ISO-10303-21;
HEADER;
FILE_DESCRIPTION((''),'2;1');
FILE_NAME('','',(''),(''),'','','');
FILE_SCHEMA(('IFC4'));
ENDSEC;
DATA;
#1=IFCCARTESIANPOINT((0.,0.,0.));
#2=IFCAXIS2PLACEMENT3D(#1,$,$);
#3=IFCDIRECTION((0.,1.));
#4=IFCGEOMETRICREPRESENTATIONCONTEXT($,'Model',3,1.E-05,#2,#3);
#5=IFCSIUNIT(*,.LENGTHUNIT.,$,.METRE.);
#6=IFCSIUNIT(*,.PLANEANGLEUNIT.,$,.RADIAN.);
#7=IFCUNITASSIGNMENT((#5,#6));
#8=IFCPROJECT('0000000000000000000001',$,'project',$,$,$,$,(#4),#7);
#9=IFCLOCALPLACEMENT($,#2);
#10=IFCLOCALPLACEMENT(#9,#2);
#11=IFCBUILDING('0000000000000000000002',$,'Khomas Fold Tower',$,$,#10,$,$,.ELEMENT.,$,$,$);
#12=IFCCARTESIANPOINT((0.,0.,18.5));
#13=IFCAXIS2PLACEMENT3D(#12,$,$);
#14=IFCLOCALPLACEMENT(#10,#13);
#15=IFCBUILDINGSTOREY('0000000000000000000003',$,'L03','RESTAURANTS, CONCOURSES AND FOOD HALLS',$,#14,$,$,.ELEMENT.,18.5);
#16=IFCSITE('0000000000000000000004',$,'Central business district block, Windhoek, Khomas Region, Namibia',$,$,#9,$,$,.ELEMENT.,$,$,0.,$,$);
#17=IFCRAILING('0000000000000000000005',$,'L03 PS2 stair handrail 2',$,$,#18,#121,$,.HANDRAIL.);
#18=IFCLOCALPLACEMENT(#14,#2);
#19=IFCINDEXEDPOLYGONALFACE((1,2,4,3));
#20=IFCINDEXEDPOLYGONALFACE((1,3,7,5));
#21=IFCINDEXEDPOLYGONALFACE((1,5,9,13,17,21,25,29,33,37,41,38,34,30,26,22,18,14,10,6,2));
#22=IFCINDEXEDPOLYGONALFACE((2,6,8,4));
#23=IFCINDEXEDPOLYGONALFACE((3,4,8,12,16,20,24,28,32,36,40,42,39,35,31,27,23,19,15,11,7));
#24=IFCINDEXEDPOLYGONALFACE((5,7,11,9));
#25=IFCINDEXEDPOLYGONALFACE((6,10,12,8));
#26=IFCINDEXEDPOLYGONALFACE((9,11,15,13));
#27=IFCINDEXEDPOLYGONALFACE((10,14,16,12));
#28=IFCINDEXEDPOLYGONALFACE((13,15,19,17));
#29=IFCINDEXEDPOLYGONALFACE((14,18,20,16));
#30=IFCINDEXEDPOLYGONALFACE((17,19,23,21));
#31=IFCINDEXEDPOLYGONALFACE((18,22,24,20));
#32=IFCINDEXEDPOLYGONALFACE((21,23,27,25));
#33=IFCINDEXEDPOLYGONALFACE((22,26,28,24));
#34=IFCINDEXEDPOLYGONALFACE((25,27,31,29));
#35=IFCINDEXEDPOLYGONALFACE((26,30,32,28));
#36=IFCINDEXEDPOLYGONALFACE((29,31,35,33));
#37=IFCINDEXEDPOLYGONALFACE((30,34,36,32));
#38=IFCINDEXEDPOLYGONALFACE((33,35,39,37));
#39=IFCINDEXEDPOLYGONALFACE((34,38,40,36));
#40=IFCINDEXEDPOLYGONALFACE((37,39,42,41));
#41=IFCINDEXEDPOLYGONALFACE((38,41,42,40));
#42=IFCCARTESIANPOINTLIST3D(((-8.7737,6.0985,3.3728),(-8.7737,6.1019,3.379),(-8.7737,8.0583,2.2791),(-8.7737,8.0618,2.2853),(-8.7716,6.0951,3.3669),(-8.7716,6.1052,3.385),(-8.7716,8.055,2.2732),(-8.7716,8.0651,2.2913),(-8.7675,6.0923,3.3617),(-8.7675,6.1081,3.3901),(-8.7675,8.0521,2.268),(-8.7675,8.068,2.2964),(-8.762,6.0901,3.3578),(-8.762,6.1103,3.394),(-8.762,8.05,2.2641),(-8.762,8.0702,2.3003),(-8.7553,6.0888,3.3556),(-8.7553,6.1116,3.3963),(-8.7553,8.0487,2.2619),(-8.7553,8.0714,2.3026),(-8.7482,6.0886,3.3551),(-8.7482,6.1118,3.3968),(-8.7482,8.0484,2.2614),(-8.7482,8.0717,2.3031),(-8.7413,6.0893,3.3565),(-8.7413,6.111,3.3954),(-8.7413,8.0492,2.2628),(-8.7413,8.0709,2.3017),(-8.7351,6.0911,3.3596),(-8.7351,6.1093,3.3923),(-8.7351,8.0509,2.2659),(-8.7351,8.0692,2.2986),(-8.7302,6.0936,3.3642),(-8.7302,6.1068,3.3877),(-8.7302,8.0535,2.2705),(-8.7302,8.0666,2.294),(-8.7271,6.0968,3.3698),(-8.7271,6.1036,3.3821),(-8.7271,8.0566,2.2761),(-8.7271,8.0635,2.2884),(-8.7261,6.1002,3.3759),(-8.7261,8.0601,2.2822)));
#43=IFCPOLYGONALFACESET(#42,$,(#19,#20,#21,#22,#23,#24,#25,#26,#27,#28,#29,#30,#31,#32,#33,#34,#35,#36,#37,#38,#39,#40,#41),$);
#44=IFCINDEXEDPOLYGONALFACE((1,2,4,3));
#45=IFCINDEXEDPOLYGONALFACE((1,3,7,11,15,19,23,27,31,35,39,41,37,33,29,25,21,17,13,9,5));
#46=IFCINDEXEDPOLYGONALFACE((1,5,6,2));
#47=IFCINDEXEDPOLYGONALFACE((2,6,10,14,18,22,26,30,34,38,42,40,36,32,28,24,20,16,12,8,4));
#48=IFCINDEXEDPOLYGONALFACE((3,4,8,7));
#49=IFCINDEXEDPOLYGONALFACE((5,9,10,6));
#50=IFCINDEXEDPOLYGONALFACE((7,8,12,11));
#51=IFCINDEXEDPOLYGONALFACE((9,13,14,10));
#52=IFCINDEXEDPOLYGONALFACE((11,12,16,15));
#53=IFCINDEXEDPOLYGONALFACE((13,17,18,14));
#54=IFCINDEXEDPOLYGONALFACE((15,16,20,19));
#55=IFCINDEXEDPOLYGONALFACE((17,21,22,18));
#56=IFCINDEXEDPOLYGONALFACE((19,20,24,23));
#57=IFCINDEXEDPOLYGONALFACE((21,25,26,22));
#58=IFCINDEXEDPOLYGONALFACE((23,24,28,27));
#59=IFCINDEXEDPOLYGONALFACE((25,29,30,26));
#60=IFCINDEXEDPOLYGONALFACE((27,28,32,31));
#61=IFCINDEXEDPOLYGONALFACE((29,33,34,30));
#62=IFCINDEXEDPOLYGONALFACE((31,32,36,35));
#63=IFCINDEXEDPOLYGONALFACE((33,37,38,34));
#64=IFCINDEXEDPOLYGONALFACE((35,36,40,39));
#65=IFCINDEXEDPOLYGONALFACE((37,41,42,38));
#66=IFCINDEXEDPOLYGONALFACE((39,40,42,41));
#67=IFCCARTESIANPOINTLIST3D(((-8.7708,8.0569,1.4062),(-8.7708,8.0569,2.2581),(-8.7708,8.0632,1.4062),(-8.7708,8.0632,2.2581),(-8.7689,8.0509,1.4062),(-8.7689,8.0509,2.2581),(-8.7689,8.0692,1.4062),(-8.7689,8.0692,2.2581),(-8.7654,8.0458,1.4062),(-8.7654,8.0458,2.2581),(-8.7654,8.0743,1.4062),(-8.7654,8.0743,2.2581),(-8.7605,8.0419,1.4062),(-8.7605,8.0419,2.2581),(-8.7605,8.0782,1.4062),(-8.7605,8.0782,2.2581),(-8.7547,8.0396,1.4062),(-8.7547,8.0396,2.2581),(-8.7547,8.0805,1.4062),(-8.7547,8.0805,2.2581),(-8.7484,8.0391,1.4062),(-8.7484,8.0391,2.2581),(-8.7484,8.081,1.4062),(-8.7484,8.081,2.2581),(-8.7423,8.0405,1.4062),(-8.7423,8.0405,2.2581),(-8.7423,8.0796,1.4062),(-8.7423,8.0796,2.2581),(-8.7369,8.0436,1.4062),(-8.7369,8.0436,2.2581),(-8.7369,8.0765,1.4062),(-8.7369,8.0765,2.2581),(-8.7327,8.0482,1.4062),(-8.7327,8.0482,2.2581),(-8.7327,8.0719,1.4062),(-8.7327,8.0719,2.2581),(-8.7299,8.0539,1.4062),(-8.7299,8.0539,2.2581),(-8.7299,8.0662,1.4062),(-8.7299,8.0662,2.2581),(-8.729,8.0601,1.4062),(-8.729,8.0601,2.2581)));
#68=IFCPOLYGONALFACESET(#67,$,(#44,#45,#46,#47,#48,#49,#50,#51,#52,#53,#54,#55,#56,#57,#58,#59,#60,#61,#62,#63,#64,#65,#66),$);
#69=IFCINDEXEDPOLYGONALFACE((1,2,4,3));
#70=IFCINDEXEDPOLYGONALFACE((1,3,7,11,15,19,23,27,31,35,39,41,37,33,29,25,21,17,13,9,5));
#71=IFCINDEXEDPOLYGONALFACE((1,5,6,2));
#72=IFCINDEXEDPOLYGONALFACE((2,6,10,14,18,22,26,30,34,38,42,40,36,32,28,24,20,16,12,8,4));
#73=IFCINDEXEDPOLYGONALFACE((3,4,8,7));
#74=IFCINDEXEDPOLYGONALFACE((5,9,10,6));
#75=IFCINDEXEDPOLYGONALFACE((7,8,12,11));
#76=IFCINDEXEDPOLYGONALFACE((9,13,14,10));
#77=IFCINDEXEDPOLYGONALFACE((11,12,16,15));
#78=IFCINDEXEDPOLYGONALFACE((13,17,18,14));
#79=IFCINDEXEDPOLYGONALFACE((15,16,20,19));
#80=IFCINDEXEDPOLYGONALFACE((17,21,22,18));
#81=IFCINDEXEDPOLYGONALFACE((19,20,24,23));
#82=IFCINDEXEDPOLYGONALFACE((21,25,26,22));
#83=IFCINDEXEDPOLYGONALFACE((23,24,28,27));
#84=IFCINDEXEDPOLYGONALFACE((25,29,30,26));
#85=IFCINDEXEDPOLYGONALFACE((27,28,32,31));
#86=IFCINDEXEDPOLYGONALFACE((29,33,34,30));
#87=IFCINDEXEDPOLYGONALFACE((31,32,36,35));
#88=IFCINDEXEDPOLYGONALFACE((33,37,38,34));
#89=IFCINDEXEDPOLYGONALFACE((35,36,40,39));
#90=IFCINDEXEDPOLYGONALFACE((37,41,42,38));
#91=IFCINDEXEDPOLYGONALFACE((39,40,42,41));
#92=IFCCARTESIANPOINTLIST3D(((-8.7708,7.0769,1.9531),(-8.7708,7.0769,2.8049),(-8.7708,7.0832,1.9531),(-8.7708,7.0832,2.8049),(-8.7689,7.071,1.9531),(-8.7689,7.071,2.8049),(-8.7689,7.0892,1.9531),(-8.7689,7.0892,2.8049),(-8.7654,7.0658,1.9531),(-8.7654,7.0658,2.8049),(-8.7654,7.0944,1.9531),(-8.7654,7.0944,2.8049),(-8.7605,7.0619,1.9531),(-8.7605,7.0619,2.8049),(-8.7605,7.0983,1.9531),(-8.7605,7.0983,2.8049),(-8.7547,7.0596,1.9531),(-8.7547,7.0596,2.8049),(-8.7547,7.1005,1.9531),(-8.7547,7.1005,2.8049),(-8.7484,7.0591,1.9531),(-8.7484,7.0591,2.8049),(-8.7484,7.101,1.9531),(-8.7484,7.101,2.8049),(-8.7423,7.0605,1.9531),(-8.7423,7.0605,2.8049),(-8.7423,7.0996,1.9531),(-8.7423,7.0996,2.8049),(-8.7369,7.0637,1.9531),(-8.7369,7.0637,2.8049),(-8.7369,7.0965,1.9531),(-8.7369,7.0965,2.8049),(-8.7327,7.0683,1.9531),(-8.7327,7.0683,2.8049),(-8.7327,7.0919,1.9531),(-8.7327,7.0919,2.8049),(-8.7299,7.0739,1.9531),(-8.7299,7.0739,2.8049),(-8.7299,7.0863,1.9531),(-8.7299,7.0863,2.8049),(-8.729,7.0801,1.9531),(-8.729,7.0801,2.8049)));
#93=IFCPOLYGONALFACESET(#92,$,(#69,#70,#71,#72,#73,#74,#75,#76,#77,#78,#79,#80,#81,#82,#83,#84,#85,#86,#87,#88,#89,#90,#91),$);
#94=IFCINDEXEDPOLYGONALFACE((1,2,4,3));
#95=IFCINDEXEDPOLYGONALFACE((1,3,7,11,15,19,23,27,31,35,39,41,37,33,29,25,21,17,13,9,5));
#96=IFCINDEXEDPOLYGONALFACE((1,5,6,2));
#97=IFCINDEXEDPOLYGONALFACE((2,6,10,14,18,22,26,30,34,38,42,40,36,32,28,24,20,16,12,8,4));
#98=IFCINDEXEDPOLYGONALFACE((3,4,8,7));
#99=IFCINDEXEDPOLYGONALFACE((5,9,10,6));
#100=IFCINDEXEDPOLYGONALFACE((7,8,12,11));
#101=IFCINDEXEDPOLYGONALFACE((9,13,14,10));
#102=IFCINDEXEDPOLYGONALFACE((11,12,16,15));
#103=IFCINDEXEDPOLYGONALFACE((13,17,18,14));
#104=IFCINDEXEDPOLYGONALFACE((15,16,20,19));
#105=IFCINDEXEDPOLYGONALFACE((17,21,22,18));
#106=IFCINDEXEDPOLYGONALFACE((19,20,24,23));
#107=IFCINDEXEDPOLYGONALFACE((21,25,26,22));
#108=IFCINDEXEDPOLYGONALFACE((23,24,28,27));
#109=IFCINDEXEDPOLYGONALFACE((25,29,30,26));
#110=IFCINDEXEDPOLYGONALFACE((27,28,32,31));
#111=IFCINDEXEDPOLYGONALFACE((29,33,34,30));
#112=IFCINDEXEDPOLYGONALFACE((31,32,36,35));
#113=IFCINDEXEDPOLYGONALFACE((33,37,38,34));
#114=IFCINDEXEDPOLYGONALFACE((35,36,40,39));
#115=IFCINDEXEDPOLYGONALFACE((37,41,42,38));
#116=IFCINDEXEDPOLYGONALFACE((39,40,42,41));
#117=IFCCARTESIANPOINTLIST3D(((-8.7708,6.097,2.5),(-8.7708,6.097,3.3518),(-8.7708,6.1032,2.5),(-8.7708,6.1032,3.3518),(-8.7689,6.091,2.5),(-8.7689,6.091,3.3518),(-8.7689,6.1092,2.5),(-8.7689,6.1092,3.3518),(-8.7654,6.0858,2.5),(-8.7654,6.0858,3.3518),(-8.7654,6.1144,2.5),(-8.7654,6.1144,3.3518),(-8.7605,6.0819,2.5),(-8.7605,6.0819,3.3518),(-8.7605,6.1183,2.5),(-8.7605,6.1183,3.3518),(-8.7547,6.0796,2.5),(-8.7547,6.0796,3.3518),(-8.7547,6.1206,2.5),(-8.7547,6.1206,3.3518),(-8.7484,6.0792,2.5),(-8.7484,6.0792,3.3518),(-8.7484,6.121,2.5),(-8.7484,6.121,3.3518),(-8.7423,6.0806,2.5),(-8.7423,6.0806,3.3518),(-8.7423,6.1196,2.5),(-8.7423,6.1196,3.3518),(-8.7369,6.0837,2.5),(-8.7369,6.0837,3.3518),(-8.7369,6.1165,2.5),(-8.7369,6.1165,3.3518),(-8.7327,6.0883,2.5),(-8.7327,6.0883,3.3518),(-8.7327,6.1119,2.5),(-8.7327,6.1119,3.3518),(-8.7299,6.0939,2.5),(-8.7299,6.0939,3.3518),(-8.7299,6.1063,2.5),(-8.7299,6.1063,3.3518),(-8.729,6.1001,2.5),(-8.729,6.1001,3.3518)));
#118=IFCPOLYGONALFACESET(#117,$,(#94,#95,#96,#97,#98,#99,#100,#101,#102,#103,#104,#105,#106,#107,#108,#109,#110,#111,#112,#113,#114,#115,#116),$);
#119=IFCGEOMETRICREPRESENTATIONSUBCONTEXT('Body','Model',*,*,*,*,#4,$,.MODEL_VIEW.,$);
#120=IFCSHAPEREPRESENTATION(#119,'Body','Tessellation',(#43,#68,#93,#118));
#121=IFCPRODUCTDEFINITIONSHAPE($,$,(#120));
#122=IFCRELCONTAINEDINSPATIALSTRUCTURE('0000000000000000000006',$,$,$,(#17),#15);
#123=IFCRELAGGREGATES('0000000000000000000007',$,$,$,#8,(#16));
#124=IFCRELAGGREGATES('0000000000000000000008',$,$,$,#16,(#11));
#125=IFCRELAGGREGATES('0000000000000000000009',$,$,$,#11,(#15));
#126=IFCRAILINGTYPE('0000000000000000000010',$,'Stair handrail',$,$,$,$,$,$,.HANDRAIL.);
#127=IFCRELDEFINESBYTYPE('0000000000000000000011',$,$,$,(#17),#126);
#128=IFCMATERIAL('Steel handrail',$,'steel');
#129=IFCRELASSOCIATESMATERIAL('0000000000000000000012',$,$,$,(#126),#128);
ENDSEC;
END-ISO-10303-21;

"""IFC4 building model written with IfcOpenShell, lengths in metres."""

from ifc_helpers import new_model, si_unit, direction, frame, origin, origin_2d, place, context, subcontext, project, spatial, circle, extrude, source, transform, mapped, material, type_object, element, save


model = new_model("IFC4")

# Units and contexts
model_context = context("Model", 3, precision=1e-05, world=origin(), true_north=direction((0.0, 1.0)))
body_context = subcontext(model_context, "Body", "Model", "MODEL_VIEW")
ifc_project = project(units=[si_unit("LENGTHUNIT", "METRE"), si_unit("PLANEANGLEUNIT", "RADIAN")], contexts=[model_context])

# Site, building, storey
site_placement = place(None, origin())
site = spatial("IfcSite", under=ifc_project, at=site_placement, Name="Central business district block, Windhoek, Khomas Region, Namibia", CompositionType="ELEMENT", RefElevation=0.0)
building_placement = place(site_placement, origin())
building = spatial("IfcBuilding", under=site, at=building_placement, Name="Khomas Fold Tower", CompositionType="ELEMENT")
storey_placement = place(building_placement, frame((0.0, 0.0, 18.5)))
storey = spatial("IfcBuildingStorey", under=building, at=storey_placement, Name="L03", Description="RESTAURANTS, CONCOURSES AND FOOD HALLS", CompositionType="ELEMENT", Elevation=18.5)

# Railing
ifc_material_1 = material(Name="Steel handrail", Category="steel")
railing_type_1 = type_object("IfcRailingType", Name="Stair handrail", PredefinedType="HANDRAIL", material=ifc_material_1)
shared_shape_1 = source(origin(), body_context, "Body", "SweptSolid", [
    extrude(circle(Radius=0.0239, at=origin_2d()), frame((0.0, 0.0, 0.876), z_axis=(0.0, -0.873232, 0.487304), x_axis=(1.0, 0.0, 0.0)), (0.0, 0.0, 1.0), 2.2444),
    extrude(circle(Radius=0.021, at=origin_2d()), origin(), (0.0, 0.0, 1.0), 0.8518),
    extrude(circle(Radius=0.021, at=origin_2d()), frame((0.0, -0.98, 0.5469)), (0.0, 0.0, 1.0), 0.8518),
    extrude(circle(Radius=0.021, at=origin_2d()), frame((0.0, -1.96, 1.0938)), (0.0, 0.0, 1.0), 0.8518),
])
for number, where, name in (
    (1, (-8.75, 8.0601, 1.4062), "L03 PS2 stair handrail 2"),
):
    element("IfcRailing", number, at=place(storey_placement, frame(where)), inside=storey, type_object=railing_type_1, Name=name, PredefinedType="HANDRAIL", context=body_context, shape_type="MappedRepresentation", body=[
        mapped(shared_shape_1, transform((0.0, 0.0, 0.0))),
    ])

save(model, "model.ifc")
